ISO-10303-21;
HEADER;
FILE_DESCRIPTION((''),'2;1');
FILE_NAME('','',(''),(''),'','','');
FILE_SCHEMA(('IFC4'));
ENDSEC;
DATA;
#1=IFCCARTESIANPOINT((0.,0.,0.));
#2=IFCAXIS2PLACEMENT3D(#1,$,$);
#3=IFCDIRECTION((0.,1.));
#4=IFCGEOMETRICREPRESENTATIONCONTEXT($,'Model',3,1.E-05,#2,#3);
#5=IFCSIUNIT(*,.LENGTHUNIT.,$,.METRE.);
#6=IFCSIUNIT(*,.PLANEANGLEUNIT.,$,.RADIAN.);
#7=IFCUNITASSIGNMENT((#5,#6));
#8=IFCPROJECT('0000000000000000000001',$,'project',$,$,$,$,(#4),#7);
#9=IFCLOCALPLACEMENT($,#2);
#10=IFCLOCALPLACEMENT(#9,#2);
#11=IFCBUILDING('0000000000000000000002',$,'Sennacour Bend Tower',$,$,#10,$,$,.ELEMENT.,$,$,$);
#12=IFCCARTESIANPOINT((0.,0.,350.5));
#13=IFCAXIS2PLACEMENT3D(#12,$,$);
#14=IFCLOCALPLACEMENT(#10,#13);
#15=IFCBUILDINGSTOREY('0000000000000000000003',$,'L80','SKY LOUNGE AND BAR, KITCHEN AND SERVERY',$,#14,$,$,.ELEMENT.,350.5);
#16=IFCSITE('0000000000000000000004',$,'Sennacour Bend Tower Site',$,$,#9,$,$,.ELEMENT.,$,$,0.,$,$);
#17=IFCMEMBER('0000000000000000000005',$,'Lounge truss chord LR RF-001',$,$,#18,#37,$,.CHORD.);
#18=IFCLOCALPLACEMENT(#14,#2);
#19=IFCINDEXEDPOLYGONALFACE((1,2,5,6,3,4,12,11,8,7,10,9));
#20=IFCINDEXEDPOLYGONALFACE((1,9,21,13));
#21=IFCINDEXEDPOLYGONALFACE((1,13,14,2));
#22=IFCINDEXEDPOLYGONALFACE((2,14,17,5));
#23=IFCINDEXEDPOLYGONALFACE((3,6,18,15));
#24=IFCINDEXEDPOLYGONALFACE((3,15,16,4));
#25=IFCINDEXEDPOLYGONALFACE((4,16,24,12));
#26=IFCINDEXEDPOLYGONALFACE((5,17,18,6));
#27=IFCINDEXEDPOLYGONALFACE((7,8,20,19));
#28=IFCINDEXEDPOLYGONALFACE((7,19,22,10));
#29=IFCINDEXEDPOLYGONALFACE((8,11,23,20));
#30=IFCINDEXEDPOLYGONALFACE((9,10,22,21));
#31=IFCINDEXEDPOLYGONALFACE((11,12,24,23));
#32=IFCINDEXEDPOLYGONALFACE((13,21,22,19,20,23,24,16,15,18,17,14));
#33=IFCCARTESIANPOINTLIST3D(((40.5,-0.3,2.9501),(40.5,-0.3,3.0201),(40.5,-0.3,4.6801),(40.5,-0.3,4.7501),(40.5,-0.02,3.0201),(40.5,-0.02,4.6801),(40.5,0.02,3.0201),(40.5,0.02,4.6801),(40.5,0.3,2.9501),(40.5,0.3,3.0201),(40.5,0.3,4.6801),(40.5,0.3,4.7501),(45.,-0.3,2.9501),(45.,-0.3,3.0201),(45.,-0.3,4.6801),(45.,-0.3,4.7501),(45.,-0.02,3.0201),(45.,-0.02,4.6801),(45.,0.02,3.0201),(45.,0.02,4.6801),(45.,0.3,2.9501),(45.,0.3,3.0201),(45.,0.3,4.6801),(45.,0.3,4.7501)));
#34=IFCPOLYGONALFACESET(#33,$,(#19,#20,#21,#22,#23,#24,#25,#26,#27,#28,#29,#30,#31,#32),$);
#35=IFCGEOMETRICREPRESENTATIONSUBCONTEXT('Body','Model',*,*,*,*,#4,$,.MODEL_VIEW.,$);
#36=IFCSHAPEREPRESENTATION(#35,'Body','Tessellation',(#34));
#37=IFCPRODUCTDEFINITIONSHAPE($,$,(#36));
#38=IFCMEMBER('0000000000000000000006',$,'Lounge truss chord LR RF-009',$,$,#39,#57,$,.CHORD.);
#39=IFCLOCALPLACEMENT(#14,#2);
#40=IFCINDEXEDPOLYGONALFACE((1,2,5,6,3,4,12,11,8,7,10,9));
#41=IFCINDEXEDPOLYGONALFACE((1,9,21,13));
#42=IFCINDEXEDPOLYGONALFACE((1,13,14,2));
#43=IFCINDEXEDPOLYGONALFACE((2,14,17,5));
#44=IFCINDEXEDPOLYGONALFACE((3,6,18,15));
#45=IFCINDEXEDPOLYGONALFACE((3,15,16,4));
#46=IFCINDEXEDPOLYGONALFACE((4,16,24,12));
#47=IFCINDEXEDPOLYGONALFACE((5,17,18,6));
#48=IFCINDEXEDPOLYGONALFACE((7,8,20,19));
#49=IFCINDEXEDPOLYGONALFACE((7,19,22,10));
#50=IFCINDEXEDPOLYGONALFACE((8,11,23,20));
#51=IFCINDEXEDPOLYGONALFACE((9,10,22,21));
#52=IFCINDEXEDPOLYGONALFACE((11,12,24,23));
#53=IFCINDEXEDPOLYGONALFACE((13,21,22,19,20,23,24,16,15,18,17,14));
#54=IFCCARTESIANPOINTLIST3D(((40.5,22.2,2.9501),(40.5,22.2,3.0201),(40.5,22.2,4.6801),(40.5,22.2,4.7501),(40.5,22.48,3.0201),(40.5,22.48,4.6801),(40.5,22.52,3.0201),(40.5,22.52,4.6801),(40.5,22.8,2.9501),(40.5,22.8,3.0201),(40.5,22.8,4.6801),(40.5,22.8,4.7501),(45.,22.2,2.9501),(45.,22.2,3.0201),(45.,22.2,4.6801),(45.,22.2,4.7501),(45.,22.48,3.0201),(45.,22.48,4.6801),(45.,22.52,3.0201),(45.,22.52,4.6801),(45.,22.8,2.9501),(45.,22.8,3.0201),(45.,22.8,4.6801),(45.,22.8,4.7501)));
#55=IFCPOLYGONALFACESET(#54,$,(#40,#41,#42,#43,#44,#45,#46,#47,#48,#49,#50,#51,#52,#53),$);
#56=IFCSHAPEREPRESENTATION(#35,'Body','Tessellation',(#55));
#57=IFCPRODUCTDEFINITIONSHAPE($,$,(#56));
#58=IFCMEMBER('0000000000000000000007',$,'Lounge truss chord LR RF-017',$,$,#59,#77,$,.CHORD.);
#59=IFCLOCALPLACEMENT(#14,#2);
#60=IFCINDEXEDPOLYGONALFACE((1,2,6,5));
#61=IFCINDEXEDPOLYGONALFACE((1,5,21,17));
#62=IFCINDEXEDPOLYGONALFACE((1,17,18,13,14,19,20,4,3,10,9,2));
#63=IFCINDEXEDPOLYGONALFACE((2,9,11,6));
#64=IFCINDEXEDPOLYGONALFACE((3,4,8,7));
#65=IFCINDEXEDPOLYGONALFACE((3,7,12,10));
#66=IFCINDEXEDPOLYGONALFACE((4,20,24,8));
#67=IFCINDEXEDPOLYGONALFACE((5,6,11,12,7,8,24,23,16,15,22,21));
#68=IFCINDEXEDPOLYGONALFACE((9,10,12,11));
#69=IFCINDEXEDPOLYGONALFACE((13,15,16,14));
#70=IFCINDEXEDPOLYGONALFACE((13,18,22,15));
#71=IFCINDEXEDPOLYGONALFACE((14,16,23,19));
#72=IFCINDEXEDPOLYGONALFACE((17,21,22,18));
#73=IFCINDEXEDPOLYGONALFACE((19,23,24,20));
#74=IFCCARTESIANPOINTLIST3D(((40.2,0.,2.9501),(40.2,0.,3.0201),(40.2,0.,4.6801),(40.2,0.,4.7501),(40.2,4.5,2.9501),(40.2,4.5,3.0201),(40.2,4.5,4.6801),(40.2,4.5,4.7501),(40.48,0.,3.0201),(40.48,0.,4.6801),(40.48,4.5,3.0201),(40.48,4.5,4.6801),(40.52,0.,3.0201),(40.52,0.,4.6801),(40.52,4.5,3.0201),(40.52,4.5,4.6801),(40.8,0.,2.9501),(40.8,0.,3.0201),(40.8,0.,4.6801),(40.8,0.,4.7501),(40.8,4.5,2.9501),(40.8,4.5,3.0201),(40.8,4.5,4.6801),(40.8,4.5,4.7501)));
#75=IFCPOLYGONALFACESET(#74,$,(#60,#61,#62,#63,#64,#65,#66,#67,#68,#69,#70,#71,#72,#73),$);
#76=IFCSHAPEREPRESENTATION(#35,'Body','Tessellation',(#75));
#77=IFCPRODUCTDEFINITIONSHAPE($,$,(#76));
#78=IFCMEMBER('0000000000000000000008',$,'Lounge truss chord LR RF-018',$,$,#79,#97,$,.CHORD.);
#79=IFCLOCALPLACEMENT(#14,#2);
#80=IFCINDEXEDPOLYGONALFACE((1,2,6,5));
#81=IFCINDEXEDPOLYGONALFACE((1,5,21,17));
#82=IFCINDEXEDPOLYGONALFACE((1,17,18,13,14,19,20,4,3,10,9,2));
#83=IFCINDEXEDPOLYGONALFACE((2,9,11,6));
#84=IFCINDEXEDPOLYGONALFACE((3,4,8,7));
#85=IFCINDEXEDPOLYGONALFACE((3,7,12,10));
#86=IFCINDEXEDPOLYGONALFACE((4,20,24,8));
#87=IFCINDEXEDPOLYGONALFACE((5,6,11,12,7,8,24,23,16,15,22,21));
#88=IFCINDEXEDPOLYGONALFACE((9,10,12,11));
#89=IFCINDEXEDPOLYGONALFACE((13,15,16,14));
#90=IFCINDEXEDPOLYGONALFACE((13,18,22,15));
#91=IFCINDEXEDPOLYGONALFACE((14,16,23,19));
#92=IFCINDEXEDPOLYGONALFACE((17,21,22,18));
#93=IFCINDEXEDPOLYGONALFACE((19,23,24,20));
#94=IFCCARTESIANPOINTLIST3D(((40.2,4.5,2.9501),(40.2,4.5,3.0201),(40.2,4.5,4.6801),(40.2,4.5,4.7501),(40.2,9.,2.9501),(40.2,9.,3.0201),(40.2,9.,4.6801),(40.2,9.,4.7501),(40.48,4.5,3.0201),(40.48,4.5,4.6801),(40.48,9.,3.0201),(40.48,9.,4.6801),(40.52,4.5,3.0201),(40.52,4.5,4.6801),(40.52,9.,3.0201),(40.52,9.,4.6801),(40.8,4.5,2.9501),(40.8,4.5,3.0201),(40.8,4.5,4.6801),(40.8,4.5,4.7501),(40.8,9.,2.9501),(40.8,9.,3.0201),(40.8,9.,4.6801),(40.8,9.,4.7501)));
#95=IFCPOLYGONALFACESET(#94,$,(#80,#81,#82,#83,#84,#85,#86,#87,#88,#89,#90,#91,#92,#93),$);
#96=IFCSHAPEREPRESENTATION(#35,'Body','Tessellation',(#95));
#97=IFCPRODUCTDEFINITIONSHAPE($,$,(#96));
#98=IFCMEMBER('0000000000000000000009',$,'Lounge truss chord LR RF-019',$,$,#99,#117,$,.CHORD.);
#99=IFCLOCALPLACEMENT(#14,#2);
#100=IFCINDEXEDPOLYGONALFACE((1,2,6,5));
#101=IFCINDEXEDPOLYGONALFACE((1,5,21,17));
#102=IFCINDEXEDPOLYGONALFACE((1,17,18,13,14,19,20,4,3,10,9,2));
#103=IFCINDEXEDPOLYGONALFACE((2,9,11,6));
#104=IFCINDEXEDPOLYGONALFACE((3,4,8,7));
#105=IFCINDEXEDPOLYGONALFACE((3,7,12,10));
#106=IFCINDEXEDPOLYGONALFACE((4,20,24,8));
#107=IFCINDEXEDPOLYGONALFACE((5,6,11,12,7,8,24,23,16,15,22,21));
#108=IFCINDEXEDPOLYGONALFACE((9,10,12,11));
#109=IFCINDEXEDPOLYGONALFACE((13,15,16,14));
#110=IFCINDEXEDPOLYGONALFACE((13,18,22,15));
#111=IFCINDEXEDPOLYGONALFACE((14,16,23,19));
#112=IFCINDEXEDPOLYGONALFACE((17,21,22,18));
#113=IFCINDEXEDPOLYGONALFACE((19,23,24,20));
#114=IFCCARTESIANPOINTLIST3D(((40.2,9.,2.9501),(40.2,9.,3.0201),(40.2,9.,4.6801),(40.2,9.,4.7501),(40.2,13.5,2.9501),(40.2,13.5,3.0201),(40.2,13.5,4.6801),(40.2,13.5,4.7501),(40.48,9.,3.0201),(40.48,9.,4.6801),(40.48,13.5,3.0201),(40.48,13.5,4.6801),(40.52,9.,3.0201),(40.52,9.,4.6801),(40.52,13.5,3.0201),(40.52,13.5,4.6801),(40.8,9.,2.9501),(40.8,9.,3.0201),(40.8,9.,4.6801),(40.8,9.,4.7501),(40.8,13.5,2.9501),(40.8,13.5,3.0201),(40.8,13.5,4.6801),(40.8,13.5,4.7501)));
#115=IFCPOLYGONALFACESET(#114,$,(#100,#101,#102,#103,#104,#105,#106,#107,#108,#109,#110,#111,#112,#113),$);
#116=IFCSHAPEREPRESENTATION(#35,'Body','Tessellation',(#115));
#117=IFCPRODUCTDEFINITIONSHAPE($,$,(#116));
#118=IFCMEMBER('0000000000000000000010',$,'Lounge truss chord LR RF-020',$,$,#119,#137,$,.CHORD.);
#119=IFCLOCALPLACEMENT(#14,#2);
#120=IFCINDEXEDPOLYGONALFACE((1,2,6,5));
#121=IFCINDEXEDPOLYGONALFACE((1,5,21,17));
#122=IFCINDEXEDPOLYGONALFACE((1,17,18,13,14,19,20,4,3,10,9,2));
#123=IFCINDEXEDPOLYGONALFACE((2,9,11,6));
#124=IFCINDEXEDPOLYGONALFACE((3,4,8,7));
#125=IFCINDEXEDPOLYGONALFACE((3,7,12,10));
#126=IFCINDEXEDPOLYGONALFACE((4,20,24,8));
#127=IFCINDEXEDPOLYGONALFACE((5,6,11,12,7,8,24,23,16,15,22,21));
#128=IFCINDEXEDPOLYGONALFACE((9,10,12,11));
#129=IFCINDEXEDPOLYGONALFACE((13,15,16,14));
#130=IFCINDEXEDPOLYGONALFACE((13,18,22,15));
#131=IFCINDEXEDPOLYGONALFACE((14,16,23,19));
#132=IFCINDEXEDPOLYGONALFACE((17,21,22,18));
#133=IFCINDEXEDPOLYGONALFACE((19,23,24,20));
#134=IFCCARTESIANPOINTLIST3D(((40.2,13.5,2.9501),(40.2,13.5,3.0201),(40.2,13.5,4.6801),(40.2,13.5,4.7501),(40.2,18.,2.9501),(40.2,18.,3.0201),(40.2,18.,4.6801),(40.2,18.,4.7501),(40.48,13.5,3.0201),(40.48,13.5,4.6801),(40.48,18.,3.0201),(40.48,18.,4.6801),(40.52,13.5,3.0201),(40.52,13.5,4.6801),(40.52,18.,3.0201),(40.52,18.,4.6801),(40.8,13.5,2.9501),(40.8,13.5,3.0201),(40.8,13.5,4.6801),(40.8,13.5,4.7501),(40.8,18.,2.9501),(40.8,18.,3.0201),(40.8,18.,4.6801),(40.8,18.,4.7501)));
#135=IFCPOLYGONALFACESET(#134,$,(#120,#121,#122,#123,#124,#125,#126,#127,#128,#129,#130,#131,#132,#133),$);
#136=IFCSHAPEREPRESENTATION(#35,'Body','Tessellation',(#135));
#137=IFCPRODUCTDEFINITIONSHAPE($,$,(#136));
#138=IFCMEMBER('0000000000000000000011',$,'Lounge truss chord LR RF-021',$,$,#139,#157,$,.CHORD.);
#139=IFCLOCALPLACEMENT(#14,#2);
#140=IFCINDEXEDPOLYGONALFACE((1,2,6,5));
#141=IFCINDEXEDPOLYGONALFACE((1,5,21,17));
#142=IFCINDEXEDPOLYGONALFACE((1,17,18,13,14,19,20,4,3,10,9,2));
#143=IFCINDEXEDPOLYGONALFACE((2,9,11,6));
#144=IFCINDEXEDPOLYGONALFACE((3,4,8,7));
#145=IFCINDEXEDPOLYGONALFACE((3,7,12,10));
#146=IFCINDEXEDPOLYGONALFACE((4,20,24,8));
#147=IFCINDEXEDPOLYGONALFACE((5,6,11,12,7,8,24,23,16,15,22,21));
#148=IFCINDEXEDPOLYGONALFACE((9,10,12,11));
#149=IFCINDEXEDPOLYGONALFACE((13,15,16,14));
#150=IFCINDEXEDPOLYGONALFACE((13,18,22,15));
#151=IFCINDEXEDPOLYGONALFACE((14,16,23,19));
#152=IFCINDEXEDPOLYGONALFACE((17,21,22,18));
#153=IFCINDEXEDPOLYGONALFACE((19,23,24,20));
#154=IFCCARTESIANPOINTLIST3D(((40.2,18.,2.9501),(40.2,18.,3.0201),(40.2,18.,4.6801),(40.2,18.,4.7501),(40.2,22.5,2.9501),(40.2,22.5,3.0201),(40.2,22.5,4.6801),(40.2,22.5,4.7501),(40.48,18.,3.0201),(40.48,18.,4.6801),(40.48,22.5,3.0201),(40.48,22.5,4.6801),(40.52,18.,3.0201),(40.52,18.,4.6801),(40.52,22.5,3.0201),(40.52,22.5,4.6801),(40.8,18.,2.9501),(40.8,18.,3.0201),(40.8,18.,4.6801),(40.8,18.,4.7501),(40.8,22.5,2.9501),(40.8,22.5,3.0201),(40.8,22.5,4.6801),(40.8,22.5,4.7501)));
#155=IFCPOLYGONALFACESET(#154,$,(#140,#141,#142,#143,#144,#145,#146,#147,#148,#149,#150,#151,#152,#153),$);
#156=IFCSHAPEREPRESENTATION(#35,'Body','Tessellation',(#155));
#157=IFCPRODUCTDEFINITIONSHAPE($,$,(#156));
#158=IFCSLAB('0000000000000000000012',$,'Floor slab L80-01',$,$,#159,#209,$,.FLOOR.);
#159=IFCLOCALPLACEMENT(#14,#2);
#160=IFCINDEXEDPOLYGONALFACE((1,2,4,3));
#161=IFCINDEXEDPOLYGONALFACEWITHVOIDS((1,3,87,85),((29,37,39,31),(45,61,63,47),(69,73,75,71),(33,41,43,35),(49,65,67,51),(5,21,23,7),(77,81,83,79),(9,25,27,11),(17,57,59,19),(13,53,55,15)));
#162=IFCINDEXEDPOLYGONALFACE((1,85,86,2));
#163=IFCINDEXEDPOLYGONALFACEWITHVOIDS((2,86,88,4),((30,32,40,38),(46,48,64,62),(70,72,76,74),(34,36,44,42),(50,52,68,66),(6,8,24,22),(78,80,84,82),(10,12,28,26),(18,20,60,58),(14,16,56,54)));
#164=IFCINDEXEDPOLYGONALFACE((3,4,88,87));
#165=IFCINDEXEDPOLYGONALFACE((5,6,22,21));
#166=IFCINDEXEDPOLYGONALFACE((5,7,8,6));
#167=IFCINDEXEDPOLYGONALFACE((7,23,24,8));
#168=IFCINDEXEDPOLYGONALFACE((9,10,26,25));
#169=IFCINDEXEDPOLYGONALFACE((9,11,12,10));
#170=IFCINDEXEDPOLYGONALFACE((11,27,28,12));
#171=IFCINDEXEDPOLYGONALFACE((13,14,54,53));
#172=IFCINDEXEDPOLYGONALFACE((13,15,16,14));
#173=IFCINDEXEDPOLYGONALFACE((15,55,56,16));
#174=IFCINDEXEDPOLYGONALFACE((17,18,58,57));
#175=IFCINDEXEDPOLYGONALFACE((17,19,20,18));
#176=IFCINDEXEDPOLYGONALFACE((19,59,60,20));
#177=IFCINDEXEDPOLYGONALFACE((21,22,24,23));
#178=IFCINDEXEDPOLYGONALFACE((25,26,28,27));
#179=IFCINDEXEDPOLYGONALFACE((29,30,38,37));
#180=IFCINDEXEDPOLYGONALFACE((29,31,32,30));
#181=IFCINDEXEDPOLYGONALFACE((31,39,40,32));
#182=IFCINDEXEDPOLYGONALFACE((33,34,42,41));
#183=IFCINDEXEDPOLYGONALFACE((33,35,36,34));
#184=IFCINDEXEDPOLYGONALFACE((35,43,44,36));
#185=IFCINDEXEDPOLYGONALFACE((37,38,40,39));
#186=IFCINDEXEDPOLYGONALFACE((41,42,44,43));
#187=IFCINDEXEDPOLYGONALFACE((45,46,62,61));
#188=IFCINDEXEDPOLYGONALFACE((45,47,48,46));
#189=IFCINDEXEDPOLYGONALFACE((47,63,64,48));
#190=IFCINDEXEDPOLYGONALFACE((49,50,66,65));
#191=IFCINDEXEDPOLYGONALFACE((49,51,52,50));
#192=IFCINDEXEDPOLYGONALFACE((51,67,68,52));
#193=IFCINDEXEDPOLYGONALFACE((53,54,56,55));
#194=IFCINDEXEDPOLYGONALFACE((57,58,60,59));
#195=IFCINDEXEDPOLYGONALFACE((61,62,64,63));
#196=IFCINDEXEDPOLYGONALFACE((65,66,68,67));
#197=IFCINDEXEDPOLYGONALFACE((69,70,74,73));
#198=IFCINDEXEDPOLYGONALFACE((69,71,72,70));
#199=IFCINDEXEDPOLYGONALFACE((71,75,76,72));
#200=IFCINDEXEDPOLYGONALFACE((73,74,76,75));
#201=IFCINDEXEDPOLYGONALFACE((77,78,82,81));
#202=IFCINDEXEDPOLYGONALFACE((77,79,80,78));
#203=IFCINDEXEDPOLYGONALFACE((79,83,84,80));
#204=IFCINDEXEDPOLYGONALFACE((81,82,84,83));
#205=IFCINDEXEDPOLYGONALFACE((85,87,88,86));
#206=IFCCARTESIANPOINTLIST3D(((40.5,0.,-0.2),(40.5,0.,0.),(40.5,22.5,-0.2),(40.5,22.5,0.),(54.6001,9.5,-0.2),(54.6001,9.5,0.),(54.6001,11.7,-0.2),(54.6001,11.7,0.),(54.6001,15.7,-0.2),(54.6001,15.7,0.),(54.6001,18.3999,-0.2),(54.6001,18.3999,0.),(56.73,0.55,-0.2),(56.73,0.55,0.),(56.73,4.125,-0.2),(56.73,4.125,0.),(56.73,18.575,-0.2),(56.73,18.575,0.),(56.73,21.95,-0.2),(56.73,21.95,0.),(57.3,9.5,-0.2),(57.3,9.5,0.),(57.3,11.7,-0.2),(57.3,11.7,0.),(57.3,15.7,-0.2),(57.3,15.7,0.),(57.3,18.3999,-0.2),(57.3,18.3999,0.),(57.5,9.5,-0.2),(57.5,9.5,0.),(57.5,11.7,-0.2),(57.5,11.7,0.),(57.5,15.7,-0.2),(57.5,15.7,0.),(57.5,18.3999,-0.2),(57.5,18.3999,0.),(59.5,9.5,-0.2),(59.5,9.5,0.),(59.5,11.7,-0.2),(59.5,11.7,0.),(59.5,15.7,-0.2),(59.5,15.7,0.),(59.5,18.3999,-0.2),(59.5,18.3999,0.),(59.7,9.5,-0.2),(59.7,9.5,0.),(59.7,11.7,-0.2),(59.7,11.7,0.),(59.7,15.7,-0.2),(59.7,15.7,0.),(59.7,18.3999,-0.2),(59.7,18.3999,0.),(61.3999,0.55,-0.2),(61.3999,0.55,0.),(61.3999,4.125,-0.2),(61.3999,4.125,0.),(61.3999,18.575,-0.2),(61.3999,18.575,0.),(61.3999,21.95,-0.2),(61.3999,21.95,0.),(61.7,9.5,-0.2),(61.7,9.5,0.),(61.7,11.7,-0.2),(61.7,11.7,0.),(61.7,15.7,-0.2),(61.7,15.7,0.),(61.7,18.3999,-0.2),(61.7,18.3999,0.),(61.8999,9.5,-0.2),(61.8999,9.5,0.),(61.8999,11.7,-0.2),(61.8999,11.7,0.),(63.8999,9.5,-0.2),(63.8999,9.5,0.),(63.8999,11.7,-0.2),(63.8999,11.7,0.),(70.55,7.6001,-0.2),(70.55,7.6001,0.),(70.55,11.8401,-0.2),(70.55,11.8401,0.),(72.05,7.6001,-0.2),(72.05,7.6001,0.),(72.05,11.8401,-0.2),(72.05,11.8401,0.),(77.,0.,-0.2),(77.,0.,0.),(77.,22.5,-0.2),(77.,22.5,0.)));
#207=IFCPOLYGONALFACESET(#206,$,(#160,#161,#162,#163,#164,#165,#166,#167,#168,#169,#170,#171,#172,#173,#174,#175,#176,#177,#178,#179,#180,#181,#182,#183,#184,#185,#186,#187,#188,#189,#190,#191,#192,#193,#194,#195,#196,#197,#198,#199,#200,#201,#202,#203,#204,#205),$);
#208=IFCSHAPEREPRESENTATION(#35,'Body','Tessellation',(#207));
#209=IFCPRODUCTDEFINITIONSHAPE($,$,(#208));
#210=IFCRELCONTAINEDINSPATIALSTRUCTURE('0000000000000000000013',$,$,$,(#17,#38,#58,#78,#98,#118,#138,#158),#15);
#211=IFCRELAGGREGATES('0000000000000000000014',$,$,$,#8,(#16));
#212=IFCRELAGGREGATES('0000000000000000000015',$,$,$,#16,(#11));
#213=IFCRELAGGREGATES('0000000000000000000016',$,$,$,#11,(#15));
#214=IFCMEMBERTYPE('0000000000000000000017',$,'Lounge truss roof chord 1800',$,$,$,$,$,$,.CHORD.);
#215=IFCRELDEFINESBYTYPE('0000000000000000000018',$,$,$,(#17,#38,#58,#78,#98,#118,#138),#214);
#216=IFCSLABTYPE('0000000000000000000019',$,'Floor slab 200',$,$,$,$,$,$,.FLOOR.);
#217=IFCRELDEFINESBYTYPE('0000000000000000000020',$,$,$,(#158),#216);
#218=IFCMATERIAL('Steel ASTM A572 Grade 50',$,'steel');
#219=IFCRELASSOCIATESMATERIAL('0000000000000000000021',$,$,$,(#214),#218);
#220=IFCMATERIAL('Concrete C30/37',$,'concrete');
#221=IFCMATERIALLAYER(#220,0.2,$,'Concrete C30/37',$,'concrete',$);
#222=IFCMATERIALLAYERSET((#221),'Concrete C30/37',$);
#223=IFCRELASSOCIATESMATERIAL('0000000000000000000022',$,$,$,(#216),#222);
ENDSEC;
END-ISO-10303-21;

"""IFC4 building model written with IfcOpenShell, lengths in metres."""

from ifc_helpers import new_model, si_unit, direction, frame, origin, origin_2d, place, context, subcontext, project, spatial, polyline, i_section, outline, extrude, material, layer, layer_set, material_profile, profile_set, type_object, element, save


model = new_model("IFC4")

# Units and contexts
model_context = context("Model", 3, precision=1e-05, world=origin(), true_north=direction((0.0, 1.0)))
body_context = subcontext(model_context, "Body", "Model", "MODEL_VIEW")
ifc_project = project(units=[si_unit("LENGTHUNIT", "METRE"), si_unit("PLANEANGLEUNIT", "RADIAN")], contexts=[model_context])

# Site, building, storey
site_placement = place(None, origin())
site = spatial("IfcSite", under=ifc_project, at=site_placement, Name="Sennacour Bend Tower Site", CompositionType="ELEMENT", RefElevation=0.0)
building_placement = place(site_placement, origin())
building = spatial("IfcBuilding", under=site, at=building_placement, Name="Sennacour Bend Tower", CompositionType="ELEMENT")
storey_placement = place(building_placement, frame((0.0, 0.0, 350.5)))
storey = spatial("IfcBuildingStorey", under=building, at=storey_placement, Name="L80", Description="SKY LOUNGE AND BAR, KITCHEN AND SERVERY", CompositionType="ELEMENT", Elevation=350.5)

# Members
ifc_material_1 = material(Name="Steel ASTM A572 Grade 50", Category="steel")
ifc_material_profile_1 = material_profile(ifc_material_1, i_section(OverallWidth=0.6001, OverallDepth=1.8, WebThickness=0.04, FlangeThickness=0.0701, at=origin_2d()), Name="Steel ASTM A572 Grade 50", Category="steel")
ifc_profile_set_1 = profile_set([ifc_material_profile_1], Name="Steel ASTM A572 Grade 50")
member_type_1 = type_object("IfcMemberType", Name="Lounge truss roof chord 1800", PredefinedType="CHORD", material=ifc_profile_set_1)
for number, where, z_axis, x_axis, name in (
    (1, (40.5, 0.0, 3.8501), (1.0, 0.0, 0.0), (0.0, 1.0, 0.0), "Lounge truss chord LR RF-001"),
    (2, (40.5, 22.5, 3.8501), (1.0, 0.0, 0.0), (0.0, 1.0, 0.0), "Lounge truss chord LR RF-009"),
    (3, (40.5, 0.0, 3.8501), (0.0, 1.0, 0.0), (-1.0, 0.0, 0.0), "Lounge truss chord LR RF-017"),
    (4, (40.5, 4.5, 3.8501), (0.0, 1.0, 0.0), (-1.0, 0.0, 0.0), "Lounge truss chord LR RF-018"),
    (5, (40.5, 9.0, 3.8501), (0.0, 1.0, 0.0), (-1.0, 0.0, 0.0), "Lounge truss chord LR RF-019"),
    (6, (40.5, 13.5, 3.8501), (0.0, 1.0, 0.0), (-1.0, 0.0, 0.0), "Lounge truss chord LR RF-020"),
    (7, (40.5, 18.0, 3.8501), (0.0, 1.0, 0.0), (-1.0, 0.0, 0.0), "Lounge truss chord LR RF-021"),
):
    element("IfcMember", number, at=place(storey_placement, frame(where, z_axis=z_axis, x_axis=x_axis)), inside=storey, type_object=member_type_1, Name=name, PredefinedType="CHORD", context=body_context, shape_type="SweptSolid", body=[
        extrude(i_section(OverallWidth=0.6001, OverallDepth=1.8, WebThickness=0.04, FlangeThickness=0.0701, at=origin_2d()), origin(), (0.0, 0.0, 1.0), 4.5),
    ])

# Slab
ifc_material_2 = material(Name="Concrete C30/37", Category="concrete")
ifc_layer_1 = layer(ifc_material_2, 0.2, Name="Concrete C30/37", Category="concrete")
ifc_layer_set_1 = layer_set([ifc_layer_1], Name="Concrete C30/37")
slab_type_1 = type_object("IfcSlabType", Name="Floor slab 200", PredefinedType="FLOOR", material=ifc_layer_set_1)
slab_1_placement = place(storey_placement, frame((0.0, 0.0, -0.2)))
element("IfcSlab", 8, at=slab_1_placement, inside=storey, type_object=slab_type_1, Name="Floor slab L80-01", PredefinedType="FLOOR", context=body_context, shape_type="SweptSolid", body=[
    extrude(outline(polyline([(40.5, 0.0), (40.5, 22.5), (77.0, 22.5), (77.0, 0.0), (40.5, 0.0)]), holes=[polyline([(61.3999, 4.125), (56.73, 4.125), (56.73, 0.55), (61.3999, 0.55), (61.3999, 4.125)]), polyline([(72.05, 11.8401), (70.55, 11.8401), (70.55, 7.6001), (72.05, 7.6001), (72.05, 11.8401)]), polyline([(57.3, 11.7), (54.6001, 11.7), (54.6001, 9.5), (57.3, 9.5), (57.3, 11.7)]), polyline([(59.5, 9.5), (59.5, 11.7), (57.5, 11.7), (57.5, 9.5), (59.5, 9.5)]), polyline([(61.7, 9.5), (61.7, 11.7), (59.7, 11.7), (59.7, 9.5), (61.7, 9.5)]), polyline([(63.8999, 11.7), (61.8999, 11.7), (61.8999, 9.5), (63.8999, 9.5), (63.8999, 11.7)]), polyline([(57.3, 18.3999), (54.6001, 18.3999), (54.6001, 15.7), (57.3, 15.7), (57.3, 18.3999)]), polyline([(59.5, 18.3999), (57.5, 18.3999), (57.5, 15.7), (59.5, 15.7), (59.5, 18.3999)]), polyline([(61.7, 15.7), (61.7, 18.3999), (59.7, 18.3999), (59.7, 15.7), (61.7, 15.7)]), polyline([(61.3999, 18.575), (61.3999, 21.95), (56.73, 21.95), (56.73, 18.575), (61.3999, 18.575)])]), origin(), (0.0, 0.0, 1.0), 0.2),
])

save(model, "model.ifc")
